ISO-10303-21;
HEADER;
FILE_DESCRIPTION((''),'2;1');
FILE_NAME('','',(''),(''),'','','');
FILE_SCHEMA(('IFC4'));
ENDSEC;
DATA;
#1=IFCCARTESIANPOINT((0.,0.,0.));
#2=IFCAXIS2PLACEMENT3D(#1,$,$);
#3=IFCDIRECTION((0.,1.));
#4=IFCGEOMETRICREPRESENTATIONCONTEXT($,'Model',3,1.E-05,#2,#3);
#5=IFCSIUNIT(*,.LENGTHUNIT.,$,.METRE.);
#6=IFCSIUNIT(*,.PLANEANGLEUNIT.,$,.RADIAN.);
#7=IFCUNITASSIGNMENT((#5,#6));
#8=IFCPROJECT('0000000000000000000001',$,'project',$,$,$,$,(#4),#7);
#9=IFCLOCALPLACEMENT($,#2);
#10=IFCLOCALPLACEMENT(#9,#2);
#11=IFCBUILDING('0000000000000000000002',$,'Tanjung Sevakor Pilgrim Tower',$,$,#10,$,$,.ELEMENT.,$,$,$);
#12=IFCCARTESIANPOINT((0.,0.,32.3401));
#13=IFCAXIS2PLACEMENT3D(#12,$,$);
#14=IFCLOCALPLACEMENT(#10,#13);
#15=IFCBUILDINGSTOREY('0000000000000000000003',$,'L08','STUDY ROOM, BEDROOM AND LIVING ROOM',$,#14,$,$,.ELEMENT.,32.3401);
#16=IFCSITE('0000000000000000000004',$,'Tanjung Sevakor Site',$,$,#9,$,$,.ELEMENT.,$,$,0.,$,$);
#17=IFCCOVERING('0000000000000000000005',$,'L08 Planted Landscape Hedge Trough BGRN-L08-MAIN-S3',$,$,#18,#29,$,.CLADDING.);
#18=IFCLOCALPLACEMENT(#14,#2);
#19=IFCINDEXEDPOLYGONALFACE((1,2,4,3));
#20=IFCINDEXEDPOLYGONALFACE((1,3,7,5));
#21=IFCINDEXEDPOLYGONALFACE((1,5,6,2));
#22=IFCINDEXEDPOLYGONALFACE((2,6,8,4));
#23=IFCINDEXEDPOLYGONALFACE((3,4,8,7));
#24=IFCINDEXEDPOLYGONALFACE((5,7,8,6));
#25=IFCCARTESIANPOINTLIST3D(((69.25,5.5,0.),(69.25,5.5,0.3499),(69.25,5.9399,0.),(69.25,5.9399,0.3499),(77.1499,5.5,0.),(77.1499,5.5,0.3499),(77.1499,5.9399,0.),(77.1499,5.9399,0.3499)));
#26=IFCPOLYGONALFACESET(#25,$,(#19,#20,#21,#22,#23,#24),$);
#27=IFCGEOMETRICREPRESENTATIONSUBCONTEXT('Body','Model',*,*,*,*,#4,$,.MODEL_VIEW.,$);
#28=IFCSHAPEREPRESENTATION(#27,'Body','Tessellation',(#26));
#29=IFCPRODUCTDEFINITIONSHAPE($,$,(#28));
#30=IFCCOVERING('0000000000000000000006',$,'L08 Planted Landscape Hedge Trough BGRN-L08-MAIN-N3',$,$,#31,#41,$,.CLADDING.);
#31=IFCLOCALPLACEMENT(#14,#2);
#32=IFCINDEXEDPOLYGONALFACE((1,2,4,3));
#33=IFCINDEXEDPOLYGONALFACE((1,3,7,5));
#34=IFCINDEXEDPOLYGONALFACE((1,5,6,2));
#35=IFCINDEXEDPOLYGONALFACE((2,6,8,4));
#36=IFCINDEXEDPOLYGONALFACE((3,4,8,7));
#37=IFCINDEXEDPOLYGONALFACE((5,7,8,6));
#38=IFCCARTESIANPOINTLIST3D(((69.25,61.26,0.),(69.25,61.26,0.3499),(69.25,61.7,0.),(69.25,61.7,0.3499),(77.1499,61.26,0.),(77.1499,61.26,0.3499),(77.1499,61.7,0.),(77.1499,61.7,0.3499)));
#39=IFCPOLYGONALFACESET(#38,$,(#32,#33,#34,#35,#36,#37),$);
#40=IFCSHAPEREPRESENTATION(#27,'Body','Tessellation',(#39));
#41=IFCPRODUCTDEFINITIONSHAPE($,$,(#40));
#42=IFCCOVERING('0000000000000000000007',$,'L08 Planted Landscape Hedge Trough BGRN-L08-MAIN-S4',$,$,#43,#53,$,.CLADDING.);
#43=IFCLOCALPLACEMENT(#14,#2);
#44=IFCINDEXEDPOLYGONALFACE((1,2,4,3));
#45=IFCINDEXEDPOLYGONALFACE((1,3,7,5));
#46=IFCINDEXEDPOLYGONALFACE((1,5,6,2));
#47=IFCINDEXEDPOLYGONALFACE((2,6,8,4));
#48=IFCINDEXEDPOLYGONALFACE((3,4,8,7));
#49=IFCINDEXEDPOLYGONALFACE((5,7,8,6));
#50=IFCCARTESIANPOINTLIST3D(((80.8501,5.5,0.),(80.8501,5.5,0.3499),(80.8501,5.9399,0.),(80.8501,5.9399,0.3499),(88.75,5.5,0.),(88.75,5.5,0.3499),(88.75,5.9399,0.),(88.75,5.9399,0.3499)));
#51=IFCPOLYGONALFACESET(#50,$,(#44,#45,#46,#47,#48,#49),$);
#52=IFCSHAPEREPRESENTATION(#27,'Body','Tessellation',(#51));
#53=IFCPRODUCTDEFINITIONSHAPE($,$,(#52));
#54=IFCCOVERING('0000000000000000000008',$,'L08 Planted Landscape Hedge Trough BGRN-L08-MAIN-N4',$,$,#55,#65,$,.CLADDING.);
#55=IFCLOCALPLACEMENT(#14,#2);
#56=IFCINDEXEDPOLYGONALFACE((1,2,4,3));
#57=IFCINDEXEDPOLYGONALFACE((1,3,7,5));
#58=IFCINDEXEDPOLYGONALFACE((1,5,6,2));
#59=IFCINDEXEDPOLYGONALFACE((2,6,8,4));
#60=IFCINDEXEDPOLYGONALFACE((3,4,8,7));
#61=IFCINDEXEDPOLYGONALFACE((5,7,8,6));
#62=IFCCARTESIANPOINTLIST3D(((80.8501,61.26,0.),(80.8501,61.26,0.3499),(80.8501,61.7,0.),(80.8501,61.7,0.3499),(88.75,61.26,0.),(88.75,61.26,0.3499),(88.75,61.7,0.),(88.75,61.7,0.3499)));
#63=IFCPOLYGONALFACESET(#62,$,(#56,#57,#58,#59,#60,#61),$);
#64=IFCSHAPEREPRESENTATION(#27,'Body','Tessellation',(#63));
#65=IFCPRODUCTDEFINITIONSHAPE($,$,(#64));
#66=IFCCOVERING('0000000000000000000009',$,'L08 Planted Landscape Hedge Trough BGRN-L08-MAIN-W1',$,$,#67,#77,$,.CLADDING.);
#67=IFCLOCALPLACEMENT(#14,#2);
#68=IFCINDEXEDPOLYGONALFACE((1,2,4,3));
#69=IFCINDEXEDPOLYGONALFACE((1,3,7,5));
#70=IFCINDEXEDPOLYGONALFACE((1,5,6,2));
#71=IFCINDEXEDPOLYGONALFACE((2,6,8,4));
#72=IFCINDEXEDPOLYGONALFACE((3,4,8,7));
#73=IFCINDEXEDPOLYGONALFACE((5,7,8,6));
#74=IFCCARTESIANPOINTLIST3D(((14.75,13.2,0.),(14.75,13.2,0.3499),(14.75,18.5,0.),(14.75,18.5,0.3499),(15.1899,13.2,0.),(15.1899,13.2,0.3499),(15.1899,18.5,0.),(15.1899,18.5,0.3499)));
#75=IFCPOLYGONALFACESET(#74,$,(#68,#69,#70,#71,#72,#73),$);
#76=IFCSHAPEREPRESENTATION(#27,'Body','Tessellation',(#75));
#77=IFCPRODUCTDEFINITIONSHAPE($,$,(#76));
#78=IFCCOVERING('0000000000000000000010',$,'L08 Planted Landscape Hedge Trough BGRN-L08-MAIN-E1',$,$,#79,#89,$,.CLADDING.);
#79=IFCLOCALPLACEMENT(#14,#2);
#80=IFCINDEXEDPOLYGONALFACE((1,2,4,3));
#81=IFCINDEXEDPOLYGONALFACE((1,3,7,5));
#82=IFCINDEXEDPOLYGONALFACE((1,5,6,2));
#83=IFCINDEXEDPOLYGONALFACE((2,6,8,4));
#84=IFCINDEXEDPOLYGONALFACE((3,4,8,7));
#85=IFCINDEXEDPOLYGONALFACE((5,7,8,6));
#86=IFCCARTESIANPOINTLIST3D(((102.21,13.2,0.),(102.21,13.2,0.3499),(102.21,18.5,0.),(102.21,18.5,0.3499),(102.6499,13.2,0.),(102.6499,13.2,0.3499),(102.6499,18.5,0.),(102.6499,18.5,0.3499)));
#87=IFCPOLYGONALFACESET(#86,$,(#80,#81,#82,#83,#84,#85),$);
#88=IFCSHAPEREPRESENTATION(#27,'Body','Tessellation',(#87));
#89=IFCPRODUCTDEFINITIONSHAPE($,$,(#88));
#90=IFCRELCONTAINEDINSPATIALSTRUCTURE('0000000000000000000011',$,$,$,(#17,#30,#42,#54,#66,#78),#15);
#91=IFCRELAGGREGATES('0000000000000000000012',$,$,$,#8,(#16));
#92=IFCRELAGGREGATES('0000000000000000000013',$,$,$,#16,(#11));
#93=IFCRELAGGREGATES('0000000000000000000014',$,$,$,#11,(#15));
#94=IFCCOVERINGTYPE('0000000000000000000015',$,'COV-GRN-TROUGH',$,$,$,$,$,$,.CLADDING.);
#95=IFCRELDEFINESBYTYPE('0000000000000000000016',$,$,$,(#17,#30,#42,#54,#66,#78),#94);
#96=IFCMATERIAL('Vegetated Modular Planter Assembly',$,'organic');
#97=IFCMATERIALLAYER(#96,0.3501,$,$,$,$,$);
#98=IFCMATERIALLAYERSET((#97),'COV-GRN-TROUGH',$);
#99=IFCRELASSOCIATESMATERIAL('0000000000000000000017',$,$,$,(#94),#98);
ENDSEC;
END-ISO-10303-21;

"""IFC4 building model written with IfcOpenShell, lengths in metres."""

from ifc_helpers import new_model, si_unit, direction, frame, origin, place, context, subcontext, project, spatial, polyline, outline, extrude, material, layer, layer_set, type_object, element, save


model = new_model("IFC4")

# Units and contexts
model_context = context("Model", 3, precision=1e-05, world=origin(), true_north=direction((0.0, 1.0)))
body_context = subcontext(model_context, "Body", "Model", "MODEL_VIEW")
ifc_project = project(units=[si_unit("LENGTHUNIT", "METRE"), si_unit("PLANEANGLEUNIT", "RADIAN")], contexts=[model_context])

# Site, building, storey
site_placement = place(None, origin())
site = spatial("IfcSite", under=ifc_project, at=site_placement, Name="Tanjung Sevakor Site", CompositionType="ELEMENT", RefElevation=0.0)
building_placement = place(site_placement, origin())
building = spatial("IfcBuilding", under=site, at=building_placement, Name="Tanjung Sevakor Pilgrim Tower", CompositionType="ELEMENT")
storey_placement = place(building_placement, frame((0.0, 0.0, 32.3401)))
storey = spatial("IfcBuildingStorey", under=building, at=storey_placement, Name="L08", Description="STUDY ROOM, BEDROOM AND LIVING ROOM", CompositionType="ELEMENT", Elevation=32.3401)

# Coverings
ifc_material_1 = material(Name="Vegetated Modular Planter Assembly", Category="organic")
ifc_layer_1 = layer(ifc_material_1, 0.3501)
ifc_layer_set_1 = layer_set([ifc_layer_1], Name="COV-GRN-TROUGH")
covering_type = type_object("IfcCoveringType", Name="COV-GRN-TROUGH", PredefinedType="CLADDING", material=ifc_layer_set_1)
covering_1_placement = place(storey_placement, origin())
element("IfcCovering", 1, at=covering_1_placement, inside=storey, type_object=covering_type, Name="L08 Planted Landscape Hedge Trough BGRN-L08-MAIN-S3", PredefinedType="CLADDING", context=body_context, shape_type="SweptSolid", body=[
    extrude(outline(polyline([(69.25, 5.5), (77.1499, 5.5), (77.1499, 5.9399), (69.25, 5.9399), (69.25, 5.5)])), origin(), (0.0, 0.0, 1.0), 0.3499),
])
covering_2_placement = place(storey_placement, origin())
element("IfcCovering", 2, at=covering_2_placement, inside=storey, type_object=covering_type, Name="L08 Planted Landscape Hedge Trough BGRN-L08-MAIN-N3", PredefinedType="CLADDING", context=body_context, shape_type="SweptSolid", body=[
    extrude(outline(polyline([(69.25, 61.26), (77.1499, 61.26), (77.1499, 61.7), (69.25, 61.7), (69.25, 61.26)])), origin(), (0.0, 0.0, 1.0), 0.3499),
])
covering_3_placement = place(storey_placement, origin())
element("IfcCovering", 3, at=covering_3_placement, inside=storey, type_object=covering_type, Name="L08 Planted Landscape Hedge Trough BGRN-L08-MAIN-S4", PredefinedType="CLADDING", context=body_context, shape_type="SweptSolid", body=[
    extrude(outline(polyline([(80.8501, 5.5), (88.75, 5.5), (88.75, 5.9399), (80.8501, 5.9399), (80.8501, 5.5)])), origin(), (0.0, 0.0, 1.0), 0.3499),
])
covering_4_placement = place(storey_placement, origin())
element("IfcCovering", 4, at=covering_4_placement, inside=storey, type_object=covering_type, Name="L08 Planted Landscape Hedge Trough BGRN-L08-MAIN-N4", PredefinedType="CLADDING", context=body_context, shape_type="SweptSolid", body=[
    extrude(outline(polyline([(80.8501, 61.26), (88.75, 61.26), (88.75, 61.7), (80.8501, 61.7), (80.8501, 61.26)])), origin(), (0.0, 0.0, 1.0), 0.3499),
])
covering_5_placement = place(storey_placement, origin())
element("IfcCovering", 5, at=covering_5_placement, inside=storey, type_object=covering_type, Name="L08 Planted Landscape Hedge Trough BGRN-L08-MAIN-W1", PredefinedType="CLADDING", context=body_context, shape_type="SweptSolid", body=[
    extrude(outline(polyline([(15.1899, 13.2), (15.1899, 18.5), (14.75, 18.5), (14.75, 13.2), (15.1899, 13.2)])), origin(), (0.0, 0.0, 1.0), 0.3499),
])
covering_6_placement = place(storey_placement, origin())
element("IfcCovering", 6, at=covering_6_placement, inside=storey, type_object=covering_type, Name="L08 Planted Landscape Hedge Trough BGRN-L08-MAIN-E1", PredefinedType="CLADDING", context=body_context, shape_type="SweptSolid", body=[
    extrude(outline(polyline([(102.6499, 13.2), (102.6499, 18.5), (102.21, 18.5), (102.21, 13.2), (102.6499, 13.2)])), origin(), (0.0, 0.0, 1.0), 0.3499),
])

save(model, "model.ifc")
